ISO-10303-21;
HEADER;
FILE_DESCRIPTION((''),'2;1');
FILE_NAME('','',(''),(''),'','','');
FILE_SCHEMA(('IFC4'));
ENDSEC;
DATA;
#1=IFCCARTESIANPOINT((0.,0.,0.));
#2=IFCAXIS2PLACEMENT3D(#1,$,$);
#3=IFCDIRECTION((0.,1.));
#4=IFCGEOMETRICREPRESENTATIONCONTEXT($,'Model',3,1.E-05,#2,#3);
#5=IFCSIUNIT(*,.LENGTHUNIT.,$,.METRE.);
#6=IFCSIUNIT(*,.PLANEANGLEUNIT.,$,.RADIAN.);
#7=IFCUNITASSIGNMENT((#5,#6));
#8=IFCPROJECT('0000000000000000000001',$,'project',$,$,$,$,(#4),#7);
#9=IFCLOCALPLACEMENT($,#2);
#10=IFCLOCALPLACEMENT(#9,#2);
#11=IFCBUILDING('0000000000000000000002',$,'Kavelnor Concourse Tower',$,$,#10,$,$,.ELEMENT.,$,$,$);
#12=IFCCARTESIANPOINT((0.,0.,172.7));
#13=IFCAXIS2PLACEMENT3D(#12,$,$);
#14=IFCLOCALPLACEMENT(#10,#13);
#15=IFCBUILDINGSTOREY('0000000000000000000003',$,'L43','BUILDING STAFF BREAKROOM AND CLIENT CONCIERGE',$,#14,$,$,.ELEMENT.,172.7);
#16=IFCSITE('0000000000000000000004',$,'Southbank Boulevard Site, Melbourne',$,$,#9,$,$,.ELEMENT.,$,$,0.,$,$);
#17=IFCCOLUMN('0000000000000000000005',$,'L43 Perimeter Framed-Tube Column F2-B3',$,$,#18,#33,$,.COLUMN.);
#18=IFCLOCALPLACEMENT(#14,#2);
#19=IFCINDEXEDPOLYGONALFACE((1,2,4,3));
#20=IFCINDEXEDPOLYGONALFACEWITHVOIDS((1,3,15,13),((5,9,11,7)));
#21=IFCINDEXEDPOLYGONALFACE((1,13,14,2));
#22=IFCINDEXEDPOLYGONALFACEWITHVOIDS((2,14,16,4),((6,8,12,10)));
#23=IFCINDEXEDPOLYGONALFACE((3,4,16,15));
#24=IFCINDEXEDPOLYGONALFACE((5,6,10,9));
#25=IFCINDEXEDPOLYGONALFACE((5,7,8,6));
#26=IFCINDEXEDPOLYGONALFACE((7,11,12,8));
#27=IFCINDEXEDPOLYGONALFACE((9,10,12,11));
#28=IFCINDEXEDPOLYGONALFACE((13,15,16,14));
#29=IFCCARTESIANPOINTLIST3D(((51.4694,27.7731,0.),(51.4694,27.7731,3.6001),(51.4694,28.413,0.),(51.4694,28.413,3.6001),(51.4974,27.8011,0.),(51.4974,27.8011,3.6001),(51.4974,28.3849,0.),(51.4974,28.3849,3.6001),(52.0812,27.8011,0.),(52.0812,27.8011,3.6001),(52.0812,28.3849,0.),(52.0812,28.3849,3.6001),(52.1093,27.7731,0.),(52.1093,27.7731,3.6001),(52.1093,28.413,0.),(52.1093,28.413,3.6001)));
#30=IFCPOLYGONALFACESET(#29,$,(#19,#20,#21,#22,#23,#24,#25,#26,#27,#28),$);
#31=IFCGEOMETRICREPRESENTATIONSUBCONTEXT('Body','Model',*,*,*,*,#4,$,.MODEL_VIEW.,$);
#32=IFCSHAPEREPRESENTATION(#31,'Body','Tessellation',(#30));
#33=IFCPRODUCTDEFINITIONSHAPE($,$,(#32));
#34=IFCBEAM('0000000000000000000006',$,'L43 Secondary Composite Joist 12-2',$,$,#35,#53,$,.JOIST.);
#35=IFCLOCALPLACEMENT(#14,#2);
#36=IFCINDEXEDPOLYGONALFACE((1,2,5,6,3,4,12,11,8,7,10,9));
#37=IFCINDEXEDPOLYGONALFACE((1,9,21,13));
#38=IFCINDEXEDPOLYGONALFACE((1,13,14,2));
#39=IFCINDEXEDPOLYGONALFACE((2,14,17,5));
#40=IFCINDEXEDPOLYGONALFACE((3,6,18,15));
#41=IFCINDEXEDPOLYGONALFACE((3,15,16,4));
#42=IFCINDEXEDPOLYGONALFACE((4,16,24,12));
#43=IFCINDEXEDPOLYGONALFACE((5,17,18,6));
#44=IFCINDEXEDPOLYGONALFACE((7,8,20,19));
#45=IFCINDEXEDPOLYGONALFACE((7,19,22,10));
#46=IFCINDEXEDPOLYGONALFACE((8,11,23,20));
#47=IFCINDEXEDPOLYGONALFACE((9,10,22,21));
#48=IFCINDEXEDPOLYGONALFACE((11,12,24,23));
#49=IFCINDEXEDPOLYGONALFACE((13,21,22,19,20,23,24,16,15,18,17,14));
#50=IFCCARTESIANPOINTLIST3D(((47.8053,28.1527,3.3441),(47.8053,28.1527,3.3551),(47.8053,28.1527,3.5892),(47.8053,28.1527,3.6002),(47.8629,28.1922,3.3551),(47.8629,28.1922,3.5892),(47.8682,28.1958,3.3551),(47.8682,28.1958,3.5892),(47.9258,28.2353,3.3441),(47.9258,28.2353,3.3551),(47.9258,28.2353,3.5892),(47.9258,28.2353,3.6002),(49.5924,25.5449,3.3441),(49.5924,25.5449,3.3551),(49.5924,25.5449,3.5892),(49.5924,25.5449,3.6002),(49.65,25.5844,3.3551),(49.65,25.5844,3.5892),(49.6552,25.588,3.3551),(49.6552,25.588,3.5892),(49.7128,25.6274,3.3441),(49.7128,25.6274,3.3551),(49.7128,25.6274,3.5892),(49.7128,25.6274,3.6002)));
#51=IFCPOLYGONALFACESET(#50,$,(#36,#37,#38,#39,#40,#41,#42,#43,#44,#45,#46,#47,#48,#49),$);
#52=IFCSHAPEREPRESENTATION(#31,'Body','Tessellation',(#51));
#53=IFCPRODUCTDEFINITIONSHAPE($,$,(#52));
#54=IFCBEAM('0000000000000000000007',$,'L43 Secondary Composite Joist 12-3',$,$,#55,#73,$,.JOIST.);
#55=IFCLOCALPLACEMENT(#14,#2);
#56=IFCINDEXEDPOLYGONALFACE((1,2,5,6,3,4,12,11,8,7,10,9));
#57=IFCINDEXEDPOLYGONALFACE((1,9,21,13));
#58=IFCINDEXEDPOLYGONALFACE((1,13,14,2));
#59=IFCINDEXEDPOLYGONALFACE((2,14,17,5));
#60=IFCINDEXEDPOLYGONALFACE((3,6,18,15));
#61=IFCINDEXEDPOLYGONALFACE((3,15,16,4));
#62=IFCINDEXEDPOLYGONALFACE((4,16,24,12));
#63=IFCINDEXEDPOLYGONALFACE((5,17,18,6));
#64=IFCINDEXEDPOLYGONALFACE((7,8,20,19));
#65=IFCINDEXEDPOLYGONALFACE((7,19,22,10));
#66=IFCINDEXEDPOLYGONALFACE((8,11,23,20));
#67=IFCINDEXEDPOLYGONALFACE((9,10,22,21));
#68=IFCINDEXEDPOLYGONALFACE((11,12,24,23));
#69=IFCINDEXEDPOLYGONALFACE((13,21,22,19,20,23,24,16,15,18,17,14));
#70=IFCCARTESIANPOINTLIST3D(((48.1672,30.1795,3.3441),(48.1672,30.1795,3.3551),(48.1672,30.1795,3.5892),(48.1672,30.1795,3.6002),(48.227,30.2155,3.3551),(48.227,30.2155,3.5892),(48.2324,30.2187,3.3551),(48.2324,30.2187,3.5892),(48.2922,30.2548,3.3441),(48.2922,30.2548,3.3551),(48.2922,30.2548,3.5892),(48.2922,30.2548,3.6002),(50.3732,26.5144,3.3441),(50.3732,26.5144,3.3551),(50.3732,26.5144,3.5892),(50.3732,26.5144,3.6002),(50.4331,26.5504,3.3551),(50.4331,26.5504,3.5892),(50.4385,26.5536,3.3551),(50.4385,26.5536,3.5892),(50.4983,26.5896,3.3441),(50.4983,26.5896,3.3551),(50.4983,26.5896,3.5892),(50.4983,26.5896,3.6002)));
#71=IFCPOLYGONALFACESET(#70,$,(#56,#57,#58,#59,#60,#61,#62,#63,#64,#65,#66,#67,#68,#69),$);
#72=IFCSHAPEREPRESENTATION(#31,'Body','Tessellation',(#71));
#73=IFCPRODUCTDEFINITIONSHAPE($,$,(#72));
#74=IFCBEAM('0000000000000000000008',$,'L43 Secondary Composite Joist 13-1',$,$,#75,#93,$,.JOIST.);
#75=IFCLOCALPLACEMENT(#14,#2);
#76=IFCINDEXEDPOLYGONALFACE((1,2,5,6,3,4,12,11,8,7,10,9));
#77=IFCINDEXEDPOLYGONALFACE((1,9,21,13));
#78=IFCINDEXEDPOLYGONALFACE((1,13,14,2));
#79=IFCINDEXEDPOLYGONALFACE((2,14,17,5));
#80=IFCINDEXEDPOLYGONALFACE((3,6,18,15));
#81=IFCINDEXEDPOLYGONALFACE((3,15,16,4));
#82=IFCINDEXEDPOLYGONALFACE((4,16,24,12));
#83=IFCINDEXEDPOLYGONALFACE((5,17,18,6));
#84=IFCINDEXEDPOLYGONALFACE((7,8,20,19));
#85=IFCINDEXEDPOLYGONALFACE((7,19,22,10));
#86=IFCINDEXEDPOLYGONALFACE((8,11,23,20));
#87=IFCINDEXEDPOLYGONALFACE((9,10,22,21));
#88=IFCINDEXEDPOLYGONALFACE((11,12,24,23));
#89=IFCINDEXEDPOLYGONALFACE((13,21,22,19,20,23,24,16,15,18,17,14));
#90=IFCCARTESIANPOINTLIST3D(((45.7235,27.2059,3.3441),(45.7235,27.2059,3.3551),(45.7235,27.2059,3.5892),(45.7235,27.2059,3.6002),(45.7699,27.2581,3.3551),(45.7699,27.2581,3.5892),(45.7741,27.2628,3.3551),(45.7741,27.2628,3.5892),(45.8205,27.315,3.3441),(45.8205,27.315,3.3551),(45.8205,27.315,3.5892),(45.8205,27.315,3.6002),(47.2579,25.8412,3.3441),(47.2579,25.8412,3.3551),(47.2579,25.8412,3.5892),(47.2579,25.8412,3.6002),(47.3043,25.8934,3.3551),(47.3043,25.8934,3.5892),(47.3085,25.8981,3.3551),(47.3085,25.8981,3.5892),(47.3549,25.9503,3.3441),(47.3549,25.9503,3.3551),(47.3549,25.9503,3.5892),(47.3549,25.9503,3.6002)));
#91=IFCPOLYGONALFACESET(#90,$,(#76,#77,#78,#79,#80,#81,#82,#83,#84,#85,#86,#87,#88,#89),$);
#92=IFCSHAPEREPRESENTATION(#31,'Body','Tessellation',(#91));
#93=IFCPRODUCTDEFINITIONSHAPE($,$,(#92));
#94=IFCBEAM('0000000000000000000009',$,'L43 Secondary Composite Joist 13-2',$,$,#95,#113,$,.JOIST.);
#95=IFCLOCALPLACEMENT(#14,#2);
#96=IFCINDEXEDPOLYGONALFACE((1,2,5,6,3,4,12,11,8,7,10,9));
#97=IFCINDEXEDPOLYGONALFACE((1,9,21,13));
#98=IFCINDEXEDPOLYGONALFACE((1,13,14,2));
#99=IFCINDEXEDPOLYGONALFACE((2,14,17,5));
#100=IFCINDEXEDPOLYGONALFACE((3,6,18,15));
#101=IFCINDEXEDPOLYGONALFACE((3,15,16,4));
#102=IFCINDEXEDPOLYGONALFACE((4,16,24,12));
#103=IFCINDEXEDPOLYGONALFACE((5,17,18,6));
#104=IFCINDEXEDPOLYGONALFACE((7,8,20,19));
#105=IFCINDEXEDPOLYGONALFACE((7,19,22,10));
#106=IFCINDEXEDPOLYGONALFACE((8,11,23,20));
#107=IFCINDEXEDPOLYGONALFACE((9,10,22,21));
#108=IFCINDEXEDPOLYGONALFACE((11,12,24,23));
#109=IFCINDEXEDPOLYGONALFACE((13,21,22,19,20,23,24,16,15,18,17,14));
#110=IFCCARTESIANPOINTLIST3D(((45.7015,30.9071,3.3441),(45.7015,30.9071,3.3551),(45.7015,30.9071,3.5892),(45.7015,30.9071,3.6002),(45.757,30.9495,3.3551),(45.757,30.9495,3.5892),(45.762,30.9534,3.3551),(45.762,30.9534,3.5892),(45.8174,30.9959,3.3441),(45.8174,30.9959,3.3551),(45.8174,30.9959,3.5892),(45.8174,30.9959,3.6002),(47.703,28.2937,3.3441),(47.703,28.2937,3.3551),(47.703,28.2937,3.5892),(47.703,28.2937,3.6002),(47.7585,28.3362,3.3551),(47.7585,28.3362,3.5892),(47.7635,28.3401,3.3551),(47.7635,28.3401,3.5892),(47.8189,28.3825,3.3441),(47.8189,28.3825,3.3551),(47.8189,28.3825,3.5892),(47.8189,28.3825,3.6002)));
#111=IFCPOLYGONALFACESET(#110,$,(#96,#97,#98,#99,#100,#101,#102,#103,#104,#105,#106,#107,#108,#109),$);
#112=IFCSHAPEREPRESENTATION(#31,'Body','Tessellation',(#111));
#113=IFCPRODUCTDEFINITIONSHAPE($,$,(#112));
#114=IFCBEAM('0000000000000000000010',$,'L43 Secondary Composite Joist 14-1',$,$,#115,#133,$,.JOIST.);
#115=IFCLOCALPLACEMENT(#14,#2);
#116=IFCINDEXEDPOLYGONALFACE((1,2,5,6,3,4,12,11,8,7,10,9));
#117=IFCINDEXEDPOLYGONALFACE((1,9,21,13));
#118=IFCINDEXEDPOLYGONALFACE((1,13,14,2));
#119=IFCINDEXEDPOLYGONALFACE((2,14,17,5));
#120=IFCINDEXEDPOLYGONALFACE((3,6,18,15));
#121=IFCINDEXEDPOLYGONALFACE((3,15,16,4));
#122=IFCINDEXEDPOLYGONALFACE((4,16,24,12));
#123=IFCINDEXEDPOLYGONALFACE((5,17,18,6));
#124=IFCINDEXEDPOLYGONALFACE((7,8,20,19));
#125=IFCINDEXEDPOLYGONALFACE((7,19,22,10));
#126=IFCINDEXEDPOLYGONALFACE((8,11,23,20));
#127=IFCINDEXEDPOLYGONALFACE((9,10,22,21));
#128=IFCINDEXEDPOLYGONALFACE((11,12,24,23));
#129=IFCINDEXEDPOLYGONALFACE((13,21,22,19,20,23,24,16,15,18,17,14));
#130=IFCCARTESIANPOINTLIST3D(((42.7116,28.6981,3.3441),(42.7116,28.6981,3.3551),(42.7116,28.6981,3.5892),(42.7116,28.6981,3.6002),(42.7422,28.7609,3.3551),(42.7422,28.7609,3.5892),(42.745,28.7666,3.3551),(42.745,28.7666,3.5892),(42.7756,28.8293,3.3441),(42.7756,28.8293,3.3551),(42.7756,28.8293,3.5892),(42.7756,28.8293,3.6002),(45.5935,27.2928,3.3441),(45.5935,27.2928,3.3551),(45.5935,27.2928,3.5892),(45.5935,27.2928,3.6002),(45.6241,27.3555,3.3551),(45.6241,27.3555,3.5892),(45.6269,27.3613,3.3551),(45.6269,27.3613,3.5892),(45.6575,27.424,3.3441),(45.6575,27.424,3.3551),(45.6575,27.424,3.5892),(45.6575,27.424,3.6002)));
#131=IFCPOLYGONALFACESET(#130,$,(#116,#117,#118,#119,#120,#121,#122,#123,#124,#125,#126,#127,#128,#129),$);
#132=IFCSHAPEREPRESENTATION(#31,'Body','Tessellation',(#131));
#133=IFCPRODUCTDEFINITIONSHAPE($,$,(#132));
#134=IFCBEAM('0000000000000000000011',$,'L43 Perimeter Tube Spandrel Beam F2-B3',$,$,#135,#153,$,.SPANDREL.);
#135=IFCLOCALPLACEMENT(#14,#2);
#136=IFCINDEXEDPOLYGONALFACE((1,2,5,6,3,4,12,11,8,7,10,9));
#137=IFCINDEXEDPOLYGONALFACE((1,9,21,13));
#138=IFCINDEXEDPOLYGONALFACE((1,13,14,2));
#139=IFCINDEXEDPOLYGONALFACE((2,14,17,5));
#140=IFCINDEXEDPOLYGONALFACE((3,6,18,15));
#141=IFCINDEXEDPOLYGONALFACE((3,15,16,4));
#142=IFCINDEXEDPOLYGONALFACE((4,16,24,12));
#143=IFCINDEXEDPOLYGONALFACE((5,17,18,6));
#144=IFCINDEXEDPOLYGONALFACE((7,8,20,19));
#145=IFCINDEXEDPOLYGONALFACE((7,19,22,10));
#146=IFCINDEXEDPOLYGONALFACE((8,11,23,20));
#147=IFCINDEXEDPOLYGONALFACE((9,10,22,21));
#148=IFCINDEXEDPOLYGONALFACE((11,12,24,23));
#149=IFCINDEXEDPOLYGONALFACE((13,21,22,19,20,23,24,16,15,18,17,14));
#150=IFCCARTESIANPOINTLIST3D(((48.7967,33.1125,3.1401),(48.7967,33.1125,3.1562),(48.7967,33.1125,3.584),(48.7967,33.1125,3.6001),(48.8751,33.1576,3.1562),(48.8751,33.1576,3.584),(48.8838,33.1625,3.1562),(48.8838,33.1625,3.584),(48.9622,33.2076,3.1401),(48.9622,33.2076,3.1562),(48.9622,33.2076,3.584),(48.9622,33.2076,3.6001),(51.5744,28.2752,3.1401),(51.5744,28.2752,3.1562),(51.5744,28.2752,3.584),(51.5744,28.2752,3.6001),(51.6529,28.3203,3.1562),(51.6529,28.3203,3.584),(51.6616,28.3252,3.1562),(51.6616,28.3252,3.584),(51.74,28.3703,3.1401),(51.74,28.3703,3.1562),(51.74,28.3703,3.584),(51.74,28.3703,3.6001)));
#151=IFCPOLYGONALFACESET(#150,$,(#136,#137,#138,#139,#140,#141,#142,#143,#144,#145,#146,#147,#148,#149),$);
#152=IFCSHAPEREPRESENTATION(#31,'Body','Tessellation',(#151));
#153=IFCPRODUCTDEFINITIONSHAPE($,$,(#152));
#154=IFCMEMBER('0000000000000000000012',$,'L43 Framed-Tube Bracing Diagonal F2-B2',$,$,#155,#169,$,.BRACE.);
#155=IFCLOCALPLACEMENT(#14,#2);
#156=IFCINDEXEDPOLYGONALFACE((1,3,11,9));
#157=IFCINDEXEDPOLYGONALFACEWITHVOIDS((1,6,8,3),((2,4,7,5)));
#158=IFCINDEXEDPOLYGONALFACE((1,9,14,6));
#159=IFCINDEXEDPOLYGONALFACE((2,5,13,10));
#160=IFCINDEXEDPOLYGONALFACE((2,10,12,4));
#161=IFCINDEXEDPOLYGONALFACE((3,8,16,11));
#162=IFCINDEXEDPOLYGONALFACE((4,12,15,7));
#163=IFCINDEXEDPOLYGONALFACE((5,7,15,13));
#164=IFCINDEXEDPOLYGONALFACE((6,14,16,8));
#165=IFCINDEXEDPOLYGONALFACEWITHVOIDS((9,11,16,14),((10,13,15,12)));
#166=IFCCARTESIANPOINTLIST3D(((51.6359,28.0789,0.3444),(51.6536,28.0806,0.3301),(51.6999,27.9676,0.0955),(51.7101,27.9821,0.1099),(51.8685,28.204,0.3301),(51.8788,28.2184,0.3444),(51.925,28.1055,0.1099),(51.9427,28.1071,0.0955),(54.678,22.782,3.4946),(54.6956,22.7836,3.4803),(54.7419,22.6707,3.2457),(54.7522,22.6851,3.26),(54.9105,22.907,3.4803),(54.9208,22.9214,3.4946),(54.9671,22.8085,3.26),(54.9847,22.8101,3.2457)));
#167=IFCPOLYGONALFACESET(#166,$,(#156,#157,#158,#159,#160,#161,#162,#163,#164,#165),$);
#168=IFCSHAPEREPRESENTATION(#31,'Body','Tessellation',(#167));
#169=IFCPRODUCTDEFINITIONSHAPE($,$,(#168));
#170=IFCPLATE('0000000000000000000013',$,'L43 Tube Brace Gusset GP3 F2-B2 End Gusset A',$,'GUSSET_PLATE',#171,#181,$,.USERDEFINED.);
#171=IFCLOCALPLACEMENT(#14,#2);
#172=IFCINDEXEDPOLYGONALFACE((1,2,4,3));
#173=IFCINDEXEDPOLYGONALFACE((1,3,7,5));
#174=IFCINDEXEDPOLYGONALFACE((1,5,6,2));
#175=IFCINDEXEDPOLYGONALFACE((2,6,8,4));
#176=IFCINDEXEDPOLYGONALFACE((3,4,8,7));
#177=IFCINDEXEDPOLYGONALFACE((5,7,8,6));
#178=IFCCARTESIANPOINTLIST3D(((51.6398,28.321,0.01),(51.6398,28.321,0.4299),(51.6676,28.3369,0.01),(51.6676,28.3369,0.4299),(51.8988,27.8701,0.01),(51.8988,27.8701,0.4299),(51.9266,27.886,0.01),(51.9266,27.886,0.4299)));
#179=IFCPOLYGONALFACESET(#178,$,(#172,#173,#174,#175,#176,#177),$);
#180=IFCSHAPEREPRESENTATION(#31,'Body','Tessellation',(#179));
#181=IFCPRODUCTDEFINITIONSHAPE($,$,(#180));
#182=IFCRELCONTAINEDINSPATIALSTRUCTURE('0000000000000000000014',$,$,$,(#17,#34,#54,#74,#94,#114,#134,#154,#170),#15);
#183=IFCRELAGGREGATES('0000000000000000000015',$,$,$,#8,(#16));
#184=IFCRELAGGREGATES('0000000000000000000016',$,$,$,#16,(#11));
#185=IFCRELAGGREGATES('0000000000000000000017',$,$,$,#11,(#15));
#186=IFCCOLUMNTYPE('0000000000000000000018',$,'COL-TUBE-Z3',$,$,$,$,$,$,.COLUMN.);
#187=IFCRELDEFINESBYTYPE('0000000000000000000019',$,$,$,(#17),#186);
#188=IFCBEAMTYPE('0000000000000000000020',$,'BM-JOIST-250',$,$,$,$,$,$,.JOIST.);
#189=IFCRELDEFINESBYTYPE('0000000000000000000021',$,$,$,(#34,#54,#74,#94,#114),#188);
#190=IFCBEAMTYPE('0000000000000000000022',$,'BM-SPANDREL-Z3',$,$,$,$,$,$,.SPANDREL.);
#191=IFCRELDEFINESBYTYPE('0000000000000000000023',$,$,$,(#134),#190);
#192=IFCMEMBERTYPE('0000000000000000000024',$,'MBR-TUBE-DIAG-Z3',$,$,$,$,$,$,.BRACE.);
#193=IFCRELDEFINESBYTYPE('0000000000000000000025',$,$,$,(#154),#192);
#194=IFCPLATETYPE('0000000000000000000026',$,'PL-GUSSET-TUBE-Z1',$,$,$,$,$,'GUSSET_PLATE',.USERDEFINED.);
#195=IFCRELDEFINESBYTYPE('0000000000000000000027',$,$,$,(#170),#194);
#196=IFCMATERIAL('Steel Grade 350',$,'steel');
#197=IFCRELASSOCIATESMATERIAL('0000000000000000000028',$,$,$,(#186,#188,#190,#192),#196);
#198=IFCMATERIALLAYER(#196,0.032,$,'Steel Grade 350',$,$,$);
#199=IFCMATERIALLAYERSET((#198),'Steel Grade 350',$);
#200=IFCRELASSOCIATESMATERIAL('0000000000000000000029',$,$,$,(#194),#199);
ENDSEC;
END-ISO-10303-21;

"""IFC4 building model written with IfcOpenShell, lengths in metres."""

from ifc_helpers import new_model, si_unit, direction, frame, origin, origin_2d, place, context, subcontext, project, spatial, rectangle, hollow_rectangle, i_section, extrude, material, layer, layer_set, material_profile, profile_set, type_object, element, save


model = new_model("IFC4")

# Units and contexts
model_context = context("Model", 3, precision=1e-05, world=origin(), true_north=direction((0.0, 1.0)))
body_context = subcontext(model_context, "Body", "Model", "MODEL_VIEW")
ifc_project = project(units=[si_unit("LENGTHUNIT", "METRE"), si_unit("PLANEANGLEUNIT", "RADIAN")], contexts=[model_context])

# Site, building, storey
site_placement = place(None, origin())
site = spatial("IfcSite", under=ifc_project, at=site_placement, Name="Southbank Boulevard Site, Melbourne", CompositionType="ELEMENT", RefElevation=0.0)
building_placement = place(site_placement, origin())
building = spatial("IfcBuilding", under=site, at=building_placement, Name="Kavelnor Concourse Tower", CompositionType="ELEMENT")
storey_placement = place(building_placement, frame((0.0, 0.0, 172.7)))
storey = spatial("IfcBuildingStorey", under=building, at=storey_placement, Name="L43", Description="BUILDING STAFF BREAKROOM AND CLIENT CONCIERGE", CompositionType="ELEMENT", Elevation=172.7)

# Column
ifc_material_1 = material(Name="Steel Grade 350", Category="steel")
ifc_material_profile_1 = material_profile(ifc_material_1, hollow_rectangle(XDim=0.6399, YDim=0.6399, WallThickness=0.0281, at=origin_2d()), Name="SHS 640x640x28")
ifc_profile_set_1 = profile_set([ifc_material_profile_1], Name="Steel Grade 350")
column_type = type_object("IfcColumnType", Name="COL-TUBE-Z3", PredefinedType="COLUMN", material=ifc_profile_set_1)
column_placement = place(storey_placement, frame((51.7893, 28.093, 0.0), z_axis=(0.0, 0.0, 1.0), x_axis=(1.0, 0.0, 0.0)))
element("IfcColumn", 1, at=column_placement, inside=storey, type_object=column_type, Name="L43 Perimeter Framed-Tube Column F2-B3", PredefinedType="COLUMN", context=body_context, shape_type="SweptSolid", body=[
    extrude(hollow_rectangle(XDim=0.6399, YDim=0.6399, WallThickness=0.0281, at=origin_2d()), origin(), (0.0, 0.0, 1.0), 3.6001),
])

# Beams
ifc_material_profile_2 = material_profile(ifc_material_1, i_section(OverallWidth=0.146, OverallDepth=0.2561, WebThickness=0.0063, FlangeThickness=0.011, at=origin_2d()), Name="250UB37")
ifc_profile_set_2 = profile_set([ifc_material_profile_2], Name="Steel Grade 350")
beam_type_1 = type_object("IfcBeamType", Name="BM-JOIST-250", PredefinedType="JOIST", material=ifc_profile_set_2)
beam_1_placement = place(storey_placement, frame((49.6526, 25.5862, 3.4722), z_axis=(-0.565276, 0.824902, 0.0), x_axis=(-0.824902, -0.565276, 0.0)))
element("IfcBeam", 2, at=beam_1_placement, inside=storey, type_object=beam_type_1, Name="L43 Secondary Composite Joist 12-2", PredefinedType="JOIST", context=body_context, shape_type="SweptSolid", body=[
    extrude(i_section(OverallWidth=0.146, OverallDepth=0.2561, WebThickness=0.0063, FlangeThickness=0.011, at=origin_2d()), origin(), (0.0, 0.0, 1.0), 3.1614),
])
beam_2_placement = place(storey_placement, frame((50.4358, 26.552, 3.4722), z_axis=(-0.515704, 0.856767, 0.0), x_axis=(-0.856767, -0.515704, 0.0)))
element("IfcBeam", 3, at=beam_2_placement, inside=storey, type_object=beam_type_1, Name="L43 Secondary Composite Joist 12-3", PredefinedType="JOIST", context=body_context, shape_type="SweptSolid", body=[
    extrude(i_section(OverallWidth=0.146, OverallDepth=0.2561, WebThickness=0.0063, FlangeThickness=0.011, at=origin_2d()), origin(), (0.0, 0.0, 1.0), 4.2778),
])
beam_3_placement = place(storey_placement, frame((47.3064, 25.8958, 3.4722), z_axis=(-0.747213, 0.664585, 0.0), x_axis=(-0.664585, -0.747213, 0.0)))
element("IfcBeam", 4, at=beam_3_placement, inside=storey, type_object=beam_type_1, Name="L43 Secondary Composite Joist 13-1", PredefinedType="JOIST", context=body_context, shape_type="SweptSolid", body=[
    extrude(i_section(OverallWidth=0.146, OverallDepth=0.2561, WebThickness=0.0063, FlangeThickness=0.011, at=origin_2d()), origin(), (0.0, 0.0, 1.0), 2.0535),
])
beam_4_placement = place(storey_placement, frame((47.761, 28.3381, 3.4722), z_axis=(-0.608039, 0.793907, 0.0), x_axis=(-0.793907, -0.608039, 0.0)))
element("IfcBeam", 5, at=beam_4_placement, inside=storey, type_object=beam_type_1, Name="L43 Secondary Composite Joist 13-2", PredefinedType="JOIST", context=body_context, shape_type="SweptSolid", body=[
    extrude(i_section(OverallWidth=0.146, OverallDepth=0.2561, WebThickness=0.0063, FlangeThickness=0.011, at=origin_2d()), origin(), (0.0, 0.0, 1.0), 3.2917),
])
beam_5_placement = place(storey_placement, frame((45.6255, 27.3584, 3.4722), z_axis=(-0.89883, 0.438298, 0.0), x_axis=(-0.438298, -0.89883, 0.0)))
element("IfcBeam", 6, at=beam_5_placement, inside=storey, type_object=beam_type_1, Name="L43 Secondary Composite Joist 14-1", PredefinedType="JOIST", context=body_context, shape_type="SweptSolid", body=[
    extrude(i_section(OverallWidth=0.146, OverallDepth=0.2561, WebThickness=0.0063, FlangeThickness=0.011, at=origin_2d()), origin(), (0.0, 0.0, 1.0), 3.2063),
])
ifc_material_profile_3 = material_profile(ifc_material_1, i_section(OverallWidth=0.1909, OverallDepth=0.46, WebThickness=0.01, FlangeThickness=0.0161, at=origin_2d()), Name="460UB82")
ifc_profile_set_3 = profile_set([ifc_material_profile_3], Name="Steel Grade 350")
beam_type_2 = type_object("IfcBeamType", Name="BM-SPANDREL-Z3", PredefinedType="SPANDREL", material=ifc_profile_set_3)
beam_6_placement = place(storey_placement, frame((51.6572, 28.3228, 3.3701), z_axis=(-0.497976, 0.867191, 0.0), x_axis=(-0.867191, -0.497976, 0.0)))
element("IfcBeam", 7, at=beam_6_placement, inside=storey, type_object=beam_type_2, Name="L43 Perimeter Tube Spandrel Beam F2-B3", PredefinedType="SPANDREL", context=body_context, shape_type="SweptSolid", body=[
    extrude(i_section(OverallWidth=0.1909, OverallDepth=0.46, WebThickness=0.01, FlangeThickness=0.0161, at=origin_2d()), origin(), (0.0, 0.0, 1.0), 5.5781),
])

# Member
ifc_material_profile_4 = material_profile(ifc_material_1, hollow_rectangle(XDim=0.28, YDim=0.28, WallThickness=0.0161, at=origin_2d()), Name="SHS 280x280x16")
ifc_profile_set_4 = profile_set([ifc_material_profile_4], Name="Steel Grade 350")
member_type = type_object("IfcMemberType", Name="MBR-TUBE-DIAG-Z3", PredefinedType="BRACE", material=ifc_profile_set_4)
member_placement = place(storey_placement, frame((51.7893, 28.093, 0.22), z_axis=(0.44262, -0.770712, 0.458356), x_axis=(0.867169, 0.498014, 0.0)))
element("IfcMember", 8, at=member_placement, inside=storey, type_object=member_type, Name="L43 Framed-Tube Bracing Diagonal F2-B2", PredefinedType="BRACE", context=body_context, shape_type="SweptSolid", body=[
    extrude(hollow_rectangle(XDim=0.28, YDim=0.28, WallThickness=0.0161, at=origin_2d()), origin(), (0.0, 0.0, 1.0), 6.8728),
])

# Plate
ifc_layer_1 = layer(ifc_material_1, 0.032, Name="Steel Grade 350")
ifc_layer_set_1 = layer_set([ifc_layer_1], Name="Steel Grade 350")
plate_type = type_object("IfcPlateType", Name="PL-GUSSET-TUBE-Z1", ElementType="GUSSET_PLATE", PredefinedType="USERDEFINED", material=ifc_layer_set_1)
plate_placement = place(storey_placement, frame((51.7832, 28.1035, 0.01), z_axis=(0.0, 0.0, 1.0), x_axis=(0.498034, -0.867158, 0.0)))
element("IfcPlate", 9, at=plate_placement, inside=storey, type_object=plate_type, Name="L43 Tube Brace Gusset GP3 F2-B2 End Gusset A", ObjectType="GUSSET_PLATE", PredefinedType="USERDEFINED", context=body_context, shape_type="SweptSolid", body=[
    extrude(rectangle(XDim=0.52, YDim=0.032, at=origin_2d()), origin(), (0.0, 0.0, 1.0), 0.4199),
])

save(model, "model.ifc")
